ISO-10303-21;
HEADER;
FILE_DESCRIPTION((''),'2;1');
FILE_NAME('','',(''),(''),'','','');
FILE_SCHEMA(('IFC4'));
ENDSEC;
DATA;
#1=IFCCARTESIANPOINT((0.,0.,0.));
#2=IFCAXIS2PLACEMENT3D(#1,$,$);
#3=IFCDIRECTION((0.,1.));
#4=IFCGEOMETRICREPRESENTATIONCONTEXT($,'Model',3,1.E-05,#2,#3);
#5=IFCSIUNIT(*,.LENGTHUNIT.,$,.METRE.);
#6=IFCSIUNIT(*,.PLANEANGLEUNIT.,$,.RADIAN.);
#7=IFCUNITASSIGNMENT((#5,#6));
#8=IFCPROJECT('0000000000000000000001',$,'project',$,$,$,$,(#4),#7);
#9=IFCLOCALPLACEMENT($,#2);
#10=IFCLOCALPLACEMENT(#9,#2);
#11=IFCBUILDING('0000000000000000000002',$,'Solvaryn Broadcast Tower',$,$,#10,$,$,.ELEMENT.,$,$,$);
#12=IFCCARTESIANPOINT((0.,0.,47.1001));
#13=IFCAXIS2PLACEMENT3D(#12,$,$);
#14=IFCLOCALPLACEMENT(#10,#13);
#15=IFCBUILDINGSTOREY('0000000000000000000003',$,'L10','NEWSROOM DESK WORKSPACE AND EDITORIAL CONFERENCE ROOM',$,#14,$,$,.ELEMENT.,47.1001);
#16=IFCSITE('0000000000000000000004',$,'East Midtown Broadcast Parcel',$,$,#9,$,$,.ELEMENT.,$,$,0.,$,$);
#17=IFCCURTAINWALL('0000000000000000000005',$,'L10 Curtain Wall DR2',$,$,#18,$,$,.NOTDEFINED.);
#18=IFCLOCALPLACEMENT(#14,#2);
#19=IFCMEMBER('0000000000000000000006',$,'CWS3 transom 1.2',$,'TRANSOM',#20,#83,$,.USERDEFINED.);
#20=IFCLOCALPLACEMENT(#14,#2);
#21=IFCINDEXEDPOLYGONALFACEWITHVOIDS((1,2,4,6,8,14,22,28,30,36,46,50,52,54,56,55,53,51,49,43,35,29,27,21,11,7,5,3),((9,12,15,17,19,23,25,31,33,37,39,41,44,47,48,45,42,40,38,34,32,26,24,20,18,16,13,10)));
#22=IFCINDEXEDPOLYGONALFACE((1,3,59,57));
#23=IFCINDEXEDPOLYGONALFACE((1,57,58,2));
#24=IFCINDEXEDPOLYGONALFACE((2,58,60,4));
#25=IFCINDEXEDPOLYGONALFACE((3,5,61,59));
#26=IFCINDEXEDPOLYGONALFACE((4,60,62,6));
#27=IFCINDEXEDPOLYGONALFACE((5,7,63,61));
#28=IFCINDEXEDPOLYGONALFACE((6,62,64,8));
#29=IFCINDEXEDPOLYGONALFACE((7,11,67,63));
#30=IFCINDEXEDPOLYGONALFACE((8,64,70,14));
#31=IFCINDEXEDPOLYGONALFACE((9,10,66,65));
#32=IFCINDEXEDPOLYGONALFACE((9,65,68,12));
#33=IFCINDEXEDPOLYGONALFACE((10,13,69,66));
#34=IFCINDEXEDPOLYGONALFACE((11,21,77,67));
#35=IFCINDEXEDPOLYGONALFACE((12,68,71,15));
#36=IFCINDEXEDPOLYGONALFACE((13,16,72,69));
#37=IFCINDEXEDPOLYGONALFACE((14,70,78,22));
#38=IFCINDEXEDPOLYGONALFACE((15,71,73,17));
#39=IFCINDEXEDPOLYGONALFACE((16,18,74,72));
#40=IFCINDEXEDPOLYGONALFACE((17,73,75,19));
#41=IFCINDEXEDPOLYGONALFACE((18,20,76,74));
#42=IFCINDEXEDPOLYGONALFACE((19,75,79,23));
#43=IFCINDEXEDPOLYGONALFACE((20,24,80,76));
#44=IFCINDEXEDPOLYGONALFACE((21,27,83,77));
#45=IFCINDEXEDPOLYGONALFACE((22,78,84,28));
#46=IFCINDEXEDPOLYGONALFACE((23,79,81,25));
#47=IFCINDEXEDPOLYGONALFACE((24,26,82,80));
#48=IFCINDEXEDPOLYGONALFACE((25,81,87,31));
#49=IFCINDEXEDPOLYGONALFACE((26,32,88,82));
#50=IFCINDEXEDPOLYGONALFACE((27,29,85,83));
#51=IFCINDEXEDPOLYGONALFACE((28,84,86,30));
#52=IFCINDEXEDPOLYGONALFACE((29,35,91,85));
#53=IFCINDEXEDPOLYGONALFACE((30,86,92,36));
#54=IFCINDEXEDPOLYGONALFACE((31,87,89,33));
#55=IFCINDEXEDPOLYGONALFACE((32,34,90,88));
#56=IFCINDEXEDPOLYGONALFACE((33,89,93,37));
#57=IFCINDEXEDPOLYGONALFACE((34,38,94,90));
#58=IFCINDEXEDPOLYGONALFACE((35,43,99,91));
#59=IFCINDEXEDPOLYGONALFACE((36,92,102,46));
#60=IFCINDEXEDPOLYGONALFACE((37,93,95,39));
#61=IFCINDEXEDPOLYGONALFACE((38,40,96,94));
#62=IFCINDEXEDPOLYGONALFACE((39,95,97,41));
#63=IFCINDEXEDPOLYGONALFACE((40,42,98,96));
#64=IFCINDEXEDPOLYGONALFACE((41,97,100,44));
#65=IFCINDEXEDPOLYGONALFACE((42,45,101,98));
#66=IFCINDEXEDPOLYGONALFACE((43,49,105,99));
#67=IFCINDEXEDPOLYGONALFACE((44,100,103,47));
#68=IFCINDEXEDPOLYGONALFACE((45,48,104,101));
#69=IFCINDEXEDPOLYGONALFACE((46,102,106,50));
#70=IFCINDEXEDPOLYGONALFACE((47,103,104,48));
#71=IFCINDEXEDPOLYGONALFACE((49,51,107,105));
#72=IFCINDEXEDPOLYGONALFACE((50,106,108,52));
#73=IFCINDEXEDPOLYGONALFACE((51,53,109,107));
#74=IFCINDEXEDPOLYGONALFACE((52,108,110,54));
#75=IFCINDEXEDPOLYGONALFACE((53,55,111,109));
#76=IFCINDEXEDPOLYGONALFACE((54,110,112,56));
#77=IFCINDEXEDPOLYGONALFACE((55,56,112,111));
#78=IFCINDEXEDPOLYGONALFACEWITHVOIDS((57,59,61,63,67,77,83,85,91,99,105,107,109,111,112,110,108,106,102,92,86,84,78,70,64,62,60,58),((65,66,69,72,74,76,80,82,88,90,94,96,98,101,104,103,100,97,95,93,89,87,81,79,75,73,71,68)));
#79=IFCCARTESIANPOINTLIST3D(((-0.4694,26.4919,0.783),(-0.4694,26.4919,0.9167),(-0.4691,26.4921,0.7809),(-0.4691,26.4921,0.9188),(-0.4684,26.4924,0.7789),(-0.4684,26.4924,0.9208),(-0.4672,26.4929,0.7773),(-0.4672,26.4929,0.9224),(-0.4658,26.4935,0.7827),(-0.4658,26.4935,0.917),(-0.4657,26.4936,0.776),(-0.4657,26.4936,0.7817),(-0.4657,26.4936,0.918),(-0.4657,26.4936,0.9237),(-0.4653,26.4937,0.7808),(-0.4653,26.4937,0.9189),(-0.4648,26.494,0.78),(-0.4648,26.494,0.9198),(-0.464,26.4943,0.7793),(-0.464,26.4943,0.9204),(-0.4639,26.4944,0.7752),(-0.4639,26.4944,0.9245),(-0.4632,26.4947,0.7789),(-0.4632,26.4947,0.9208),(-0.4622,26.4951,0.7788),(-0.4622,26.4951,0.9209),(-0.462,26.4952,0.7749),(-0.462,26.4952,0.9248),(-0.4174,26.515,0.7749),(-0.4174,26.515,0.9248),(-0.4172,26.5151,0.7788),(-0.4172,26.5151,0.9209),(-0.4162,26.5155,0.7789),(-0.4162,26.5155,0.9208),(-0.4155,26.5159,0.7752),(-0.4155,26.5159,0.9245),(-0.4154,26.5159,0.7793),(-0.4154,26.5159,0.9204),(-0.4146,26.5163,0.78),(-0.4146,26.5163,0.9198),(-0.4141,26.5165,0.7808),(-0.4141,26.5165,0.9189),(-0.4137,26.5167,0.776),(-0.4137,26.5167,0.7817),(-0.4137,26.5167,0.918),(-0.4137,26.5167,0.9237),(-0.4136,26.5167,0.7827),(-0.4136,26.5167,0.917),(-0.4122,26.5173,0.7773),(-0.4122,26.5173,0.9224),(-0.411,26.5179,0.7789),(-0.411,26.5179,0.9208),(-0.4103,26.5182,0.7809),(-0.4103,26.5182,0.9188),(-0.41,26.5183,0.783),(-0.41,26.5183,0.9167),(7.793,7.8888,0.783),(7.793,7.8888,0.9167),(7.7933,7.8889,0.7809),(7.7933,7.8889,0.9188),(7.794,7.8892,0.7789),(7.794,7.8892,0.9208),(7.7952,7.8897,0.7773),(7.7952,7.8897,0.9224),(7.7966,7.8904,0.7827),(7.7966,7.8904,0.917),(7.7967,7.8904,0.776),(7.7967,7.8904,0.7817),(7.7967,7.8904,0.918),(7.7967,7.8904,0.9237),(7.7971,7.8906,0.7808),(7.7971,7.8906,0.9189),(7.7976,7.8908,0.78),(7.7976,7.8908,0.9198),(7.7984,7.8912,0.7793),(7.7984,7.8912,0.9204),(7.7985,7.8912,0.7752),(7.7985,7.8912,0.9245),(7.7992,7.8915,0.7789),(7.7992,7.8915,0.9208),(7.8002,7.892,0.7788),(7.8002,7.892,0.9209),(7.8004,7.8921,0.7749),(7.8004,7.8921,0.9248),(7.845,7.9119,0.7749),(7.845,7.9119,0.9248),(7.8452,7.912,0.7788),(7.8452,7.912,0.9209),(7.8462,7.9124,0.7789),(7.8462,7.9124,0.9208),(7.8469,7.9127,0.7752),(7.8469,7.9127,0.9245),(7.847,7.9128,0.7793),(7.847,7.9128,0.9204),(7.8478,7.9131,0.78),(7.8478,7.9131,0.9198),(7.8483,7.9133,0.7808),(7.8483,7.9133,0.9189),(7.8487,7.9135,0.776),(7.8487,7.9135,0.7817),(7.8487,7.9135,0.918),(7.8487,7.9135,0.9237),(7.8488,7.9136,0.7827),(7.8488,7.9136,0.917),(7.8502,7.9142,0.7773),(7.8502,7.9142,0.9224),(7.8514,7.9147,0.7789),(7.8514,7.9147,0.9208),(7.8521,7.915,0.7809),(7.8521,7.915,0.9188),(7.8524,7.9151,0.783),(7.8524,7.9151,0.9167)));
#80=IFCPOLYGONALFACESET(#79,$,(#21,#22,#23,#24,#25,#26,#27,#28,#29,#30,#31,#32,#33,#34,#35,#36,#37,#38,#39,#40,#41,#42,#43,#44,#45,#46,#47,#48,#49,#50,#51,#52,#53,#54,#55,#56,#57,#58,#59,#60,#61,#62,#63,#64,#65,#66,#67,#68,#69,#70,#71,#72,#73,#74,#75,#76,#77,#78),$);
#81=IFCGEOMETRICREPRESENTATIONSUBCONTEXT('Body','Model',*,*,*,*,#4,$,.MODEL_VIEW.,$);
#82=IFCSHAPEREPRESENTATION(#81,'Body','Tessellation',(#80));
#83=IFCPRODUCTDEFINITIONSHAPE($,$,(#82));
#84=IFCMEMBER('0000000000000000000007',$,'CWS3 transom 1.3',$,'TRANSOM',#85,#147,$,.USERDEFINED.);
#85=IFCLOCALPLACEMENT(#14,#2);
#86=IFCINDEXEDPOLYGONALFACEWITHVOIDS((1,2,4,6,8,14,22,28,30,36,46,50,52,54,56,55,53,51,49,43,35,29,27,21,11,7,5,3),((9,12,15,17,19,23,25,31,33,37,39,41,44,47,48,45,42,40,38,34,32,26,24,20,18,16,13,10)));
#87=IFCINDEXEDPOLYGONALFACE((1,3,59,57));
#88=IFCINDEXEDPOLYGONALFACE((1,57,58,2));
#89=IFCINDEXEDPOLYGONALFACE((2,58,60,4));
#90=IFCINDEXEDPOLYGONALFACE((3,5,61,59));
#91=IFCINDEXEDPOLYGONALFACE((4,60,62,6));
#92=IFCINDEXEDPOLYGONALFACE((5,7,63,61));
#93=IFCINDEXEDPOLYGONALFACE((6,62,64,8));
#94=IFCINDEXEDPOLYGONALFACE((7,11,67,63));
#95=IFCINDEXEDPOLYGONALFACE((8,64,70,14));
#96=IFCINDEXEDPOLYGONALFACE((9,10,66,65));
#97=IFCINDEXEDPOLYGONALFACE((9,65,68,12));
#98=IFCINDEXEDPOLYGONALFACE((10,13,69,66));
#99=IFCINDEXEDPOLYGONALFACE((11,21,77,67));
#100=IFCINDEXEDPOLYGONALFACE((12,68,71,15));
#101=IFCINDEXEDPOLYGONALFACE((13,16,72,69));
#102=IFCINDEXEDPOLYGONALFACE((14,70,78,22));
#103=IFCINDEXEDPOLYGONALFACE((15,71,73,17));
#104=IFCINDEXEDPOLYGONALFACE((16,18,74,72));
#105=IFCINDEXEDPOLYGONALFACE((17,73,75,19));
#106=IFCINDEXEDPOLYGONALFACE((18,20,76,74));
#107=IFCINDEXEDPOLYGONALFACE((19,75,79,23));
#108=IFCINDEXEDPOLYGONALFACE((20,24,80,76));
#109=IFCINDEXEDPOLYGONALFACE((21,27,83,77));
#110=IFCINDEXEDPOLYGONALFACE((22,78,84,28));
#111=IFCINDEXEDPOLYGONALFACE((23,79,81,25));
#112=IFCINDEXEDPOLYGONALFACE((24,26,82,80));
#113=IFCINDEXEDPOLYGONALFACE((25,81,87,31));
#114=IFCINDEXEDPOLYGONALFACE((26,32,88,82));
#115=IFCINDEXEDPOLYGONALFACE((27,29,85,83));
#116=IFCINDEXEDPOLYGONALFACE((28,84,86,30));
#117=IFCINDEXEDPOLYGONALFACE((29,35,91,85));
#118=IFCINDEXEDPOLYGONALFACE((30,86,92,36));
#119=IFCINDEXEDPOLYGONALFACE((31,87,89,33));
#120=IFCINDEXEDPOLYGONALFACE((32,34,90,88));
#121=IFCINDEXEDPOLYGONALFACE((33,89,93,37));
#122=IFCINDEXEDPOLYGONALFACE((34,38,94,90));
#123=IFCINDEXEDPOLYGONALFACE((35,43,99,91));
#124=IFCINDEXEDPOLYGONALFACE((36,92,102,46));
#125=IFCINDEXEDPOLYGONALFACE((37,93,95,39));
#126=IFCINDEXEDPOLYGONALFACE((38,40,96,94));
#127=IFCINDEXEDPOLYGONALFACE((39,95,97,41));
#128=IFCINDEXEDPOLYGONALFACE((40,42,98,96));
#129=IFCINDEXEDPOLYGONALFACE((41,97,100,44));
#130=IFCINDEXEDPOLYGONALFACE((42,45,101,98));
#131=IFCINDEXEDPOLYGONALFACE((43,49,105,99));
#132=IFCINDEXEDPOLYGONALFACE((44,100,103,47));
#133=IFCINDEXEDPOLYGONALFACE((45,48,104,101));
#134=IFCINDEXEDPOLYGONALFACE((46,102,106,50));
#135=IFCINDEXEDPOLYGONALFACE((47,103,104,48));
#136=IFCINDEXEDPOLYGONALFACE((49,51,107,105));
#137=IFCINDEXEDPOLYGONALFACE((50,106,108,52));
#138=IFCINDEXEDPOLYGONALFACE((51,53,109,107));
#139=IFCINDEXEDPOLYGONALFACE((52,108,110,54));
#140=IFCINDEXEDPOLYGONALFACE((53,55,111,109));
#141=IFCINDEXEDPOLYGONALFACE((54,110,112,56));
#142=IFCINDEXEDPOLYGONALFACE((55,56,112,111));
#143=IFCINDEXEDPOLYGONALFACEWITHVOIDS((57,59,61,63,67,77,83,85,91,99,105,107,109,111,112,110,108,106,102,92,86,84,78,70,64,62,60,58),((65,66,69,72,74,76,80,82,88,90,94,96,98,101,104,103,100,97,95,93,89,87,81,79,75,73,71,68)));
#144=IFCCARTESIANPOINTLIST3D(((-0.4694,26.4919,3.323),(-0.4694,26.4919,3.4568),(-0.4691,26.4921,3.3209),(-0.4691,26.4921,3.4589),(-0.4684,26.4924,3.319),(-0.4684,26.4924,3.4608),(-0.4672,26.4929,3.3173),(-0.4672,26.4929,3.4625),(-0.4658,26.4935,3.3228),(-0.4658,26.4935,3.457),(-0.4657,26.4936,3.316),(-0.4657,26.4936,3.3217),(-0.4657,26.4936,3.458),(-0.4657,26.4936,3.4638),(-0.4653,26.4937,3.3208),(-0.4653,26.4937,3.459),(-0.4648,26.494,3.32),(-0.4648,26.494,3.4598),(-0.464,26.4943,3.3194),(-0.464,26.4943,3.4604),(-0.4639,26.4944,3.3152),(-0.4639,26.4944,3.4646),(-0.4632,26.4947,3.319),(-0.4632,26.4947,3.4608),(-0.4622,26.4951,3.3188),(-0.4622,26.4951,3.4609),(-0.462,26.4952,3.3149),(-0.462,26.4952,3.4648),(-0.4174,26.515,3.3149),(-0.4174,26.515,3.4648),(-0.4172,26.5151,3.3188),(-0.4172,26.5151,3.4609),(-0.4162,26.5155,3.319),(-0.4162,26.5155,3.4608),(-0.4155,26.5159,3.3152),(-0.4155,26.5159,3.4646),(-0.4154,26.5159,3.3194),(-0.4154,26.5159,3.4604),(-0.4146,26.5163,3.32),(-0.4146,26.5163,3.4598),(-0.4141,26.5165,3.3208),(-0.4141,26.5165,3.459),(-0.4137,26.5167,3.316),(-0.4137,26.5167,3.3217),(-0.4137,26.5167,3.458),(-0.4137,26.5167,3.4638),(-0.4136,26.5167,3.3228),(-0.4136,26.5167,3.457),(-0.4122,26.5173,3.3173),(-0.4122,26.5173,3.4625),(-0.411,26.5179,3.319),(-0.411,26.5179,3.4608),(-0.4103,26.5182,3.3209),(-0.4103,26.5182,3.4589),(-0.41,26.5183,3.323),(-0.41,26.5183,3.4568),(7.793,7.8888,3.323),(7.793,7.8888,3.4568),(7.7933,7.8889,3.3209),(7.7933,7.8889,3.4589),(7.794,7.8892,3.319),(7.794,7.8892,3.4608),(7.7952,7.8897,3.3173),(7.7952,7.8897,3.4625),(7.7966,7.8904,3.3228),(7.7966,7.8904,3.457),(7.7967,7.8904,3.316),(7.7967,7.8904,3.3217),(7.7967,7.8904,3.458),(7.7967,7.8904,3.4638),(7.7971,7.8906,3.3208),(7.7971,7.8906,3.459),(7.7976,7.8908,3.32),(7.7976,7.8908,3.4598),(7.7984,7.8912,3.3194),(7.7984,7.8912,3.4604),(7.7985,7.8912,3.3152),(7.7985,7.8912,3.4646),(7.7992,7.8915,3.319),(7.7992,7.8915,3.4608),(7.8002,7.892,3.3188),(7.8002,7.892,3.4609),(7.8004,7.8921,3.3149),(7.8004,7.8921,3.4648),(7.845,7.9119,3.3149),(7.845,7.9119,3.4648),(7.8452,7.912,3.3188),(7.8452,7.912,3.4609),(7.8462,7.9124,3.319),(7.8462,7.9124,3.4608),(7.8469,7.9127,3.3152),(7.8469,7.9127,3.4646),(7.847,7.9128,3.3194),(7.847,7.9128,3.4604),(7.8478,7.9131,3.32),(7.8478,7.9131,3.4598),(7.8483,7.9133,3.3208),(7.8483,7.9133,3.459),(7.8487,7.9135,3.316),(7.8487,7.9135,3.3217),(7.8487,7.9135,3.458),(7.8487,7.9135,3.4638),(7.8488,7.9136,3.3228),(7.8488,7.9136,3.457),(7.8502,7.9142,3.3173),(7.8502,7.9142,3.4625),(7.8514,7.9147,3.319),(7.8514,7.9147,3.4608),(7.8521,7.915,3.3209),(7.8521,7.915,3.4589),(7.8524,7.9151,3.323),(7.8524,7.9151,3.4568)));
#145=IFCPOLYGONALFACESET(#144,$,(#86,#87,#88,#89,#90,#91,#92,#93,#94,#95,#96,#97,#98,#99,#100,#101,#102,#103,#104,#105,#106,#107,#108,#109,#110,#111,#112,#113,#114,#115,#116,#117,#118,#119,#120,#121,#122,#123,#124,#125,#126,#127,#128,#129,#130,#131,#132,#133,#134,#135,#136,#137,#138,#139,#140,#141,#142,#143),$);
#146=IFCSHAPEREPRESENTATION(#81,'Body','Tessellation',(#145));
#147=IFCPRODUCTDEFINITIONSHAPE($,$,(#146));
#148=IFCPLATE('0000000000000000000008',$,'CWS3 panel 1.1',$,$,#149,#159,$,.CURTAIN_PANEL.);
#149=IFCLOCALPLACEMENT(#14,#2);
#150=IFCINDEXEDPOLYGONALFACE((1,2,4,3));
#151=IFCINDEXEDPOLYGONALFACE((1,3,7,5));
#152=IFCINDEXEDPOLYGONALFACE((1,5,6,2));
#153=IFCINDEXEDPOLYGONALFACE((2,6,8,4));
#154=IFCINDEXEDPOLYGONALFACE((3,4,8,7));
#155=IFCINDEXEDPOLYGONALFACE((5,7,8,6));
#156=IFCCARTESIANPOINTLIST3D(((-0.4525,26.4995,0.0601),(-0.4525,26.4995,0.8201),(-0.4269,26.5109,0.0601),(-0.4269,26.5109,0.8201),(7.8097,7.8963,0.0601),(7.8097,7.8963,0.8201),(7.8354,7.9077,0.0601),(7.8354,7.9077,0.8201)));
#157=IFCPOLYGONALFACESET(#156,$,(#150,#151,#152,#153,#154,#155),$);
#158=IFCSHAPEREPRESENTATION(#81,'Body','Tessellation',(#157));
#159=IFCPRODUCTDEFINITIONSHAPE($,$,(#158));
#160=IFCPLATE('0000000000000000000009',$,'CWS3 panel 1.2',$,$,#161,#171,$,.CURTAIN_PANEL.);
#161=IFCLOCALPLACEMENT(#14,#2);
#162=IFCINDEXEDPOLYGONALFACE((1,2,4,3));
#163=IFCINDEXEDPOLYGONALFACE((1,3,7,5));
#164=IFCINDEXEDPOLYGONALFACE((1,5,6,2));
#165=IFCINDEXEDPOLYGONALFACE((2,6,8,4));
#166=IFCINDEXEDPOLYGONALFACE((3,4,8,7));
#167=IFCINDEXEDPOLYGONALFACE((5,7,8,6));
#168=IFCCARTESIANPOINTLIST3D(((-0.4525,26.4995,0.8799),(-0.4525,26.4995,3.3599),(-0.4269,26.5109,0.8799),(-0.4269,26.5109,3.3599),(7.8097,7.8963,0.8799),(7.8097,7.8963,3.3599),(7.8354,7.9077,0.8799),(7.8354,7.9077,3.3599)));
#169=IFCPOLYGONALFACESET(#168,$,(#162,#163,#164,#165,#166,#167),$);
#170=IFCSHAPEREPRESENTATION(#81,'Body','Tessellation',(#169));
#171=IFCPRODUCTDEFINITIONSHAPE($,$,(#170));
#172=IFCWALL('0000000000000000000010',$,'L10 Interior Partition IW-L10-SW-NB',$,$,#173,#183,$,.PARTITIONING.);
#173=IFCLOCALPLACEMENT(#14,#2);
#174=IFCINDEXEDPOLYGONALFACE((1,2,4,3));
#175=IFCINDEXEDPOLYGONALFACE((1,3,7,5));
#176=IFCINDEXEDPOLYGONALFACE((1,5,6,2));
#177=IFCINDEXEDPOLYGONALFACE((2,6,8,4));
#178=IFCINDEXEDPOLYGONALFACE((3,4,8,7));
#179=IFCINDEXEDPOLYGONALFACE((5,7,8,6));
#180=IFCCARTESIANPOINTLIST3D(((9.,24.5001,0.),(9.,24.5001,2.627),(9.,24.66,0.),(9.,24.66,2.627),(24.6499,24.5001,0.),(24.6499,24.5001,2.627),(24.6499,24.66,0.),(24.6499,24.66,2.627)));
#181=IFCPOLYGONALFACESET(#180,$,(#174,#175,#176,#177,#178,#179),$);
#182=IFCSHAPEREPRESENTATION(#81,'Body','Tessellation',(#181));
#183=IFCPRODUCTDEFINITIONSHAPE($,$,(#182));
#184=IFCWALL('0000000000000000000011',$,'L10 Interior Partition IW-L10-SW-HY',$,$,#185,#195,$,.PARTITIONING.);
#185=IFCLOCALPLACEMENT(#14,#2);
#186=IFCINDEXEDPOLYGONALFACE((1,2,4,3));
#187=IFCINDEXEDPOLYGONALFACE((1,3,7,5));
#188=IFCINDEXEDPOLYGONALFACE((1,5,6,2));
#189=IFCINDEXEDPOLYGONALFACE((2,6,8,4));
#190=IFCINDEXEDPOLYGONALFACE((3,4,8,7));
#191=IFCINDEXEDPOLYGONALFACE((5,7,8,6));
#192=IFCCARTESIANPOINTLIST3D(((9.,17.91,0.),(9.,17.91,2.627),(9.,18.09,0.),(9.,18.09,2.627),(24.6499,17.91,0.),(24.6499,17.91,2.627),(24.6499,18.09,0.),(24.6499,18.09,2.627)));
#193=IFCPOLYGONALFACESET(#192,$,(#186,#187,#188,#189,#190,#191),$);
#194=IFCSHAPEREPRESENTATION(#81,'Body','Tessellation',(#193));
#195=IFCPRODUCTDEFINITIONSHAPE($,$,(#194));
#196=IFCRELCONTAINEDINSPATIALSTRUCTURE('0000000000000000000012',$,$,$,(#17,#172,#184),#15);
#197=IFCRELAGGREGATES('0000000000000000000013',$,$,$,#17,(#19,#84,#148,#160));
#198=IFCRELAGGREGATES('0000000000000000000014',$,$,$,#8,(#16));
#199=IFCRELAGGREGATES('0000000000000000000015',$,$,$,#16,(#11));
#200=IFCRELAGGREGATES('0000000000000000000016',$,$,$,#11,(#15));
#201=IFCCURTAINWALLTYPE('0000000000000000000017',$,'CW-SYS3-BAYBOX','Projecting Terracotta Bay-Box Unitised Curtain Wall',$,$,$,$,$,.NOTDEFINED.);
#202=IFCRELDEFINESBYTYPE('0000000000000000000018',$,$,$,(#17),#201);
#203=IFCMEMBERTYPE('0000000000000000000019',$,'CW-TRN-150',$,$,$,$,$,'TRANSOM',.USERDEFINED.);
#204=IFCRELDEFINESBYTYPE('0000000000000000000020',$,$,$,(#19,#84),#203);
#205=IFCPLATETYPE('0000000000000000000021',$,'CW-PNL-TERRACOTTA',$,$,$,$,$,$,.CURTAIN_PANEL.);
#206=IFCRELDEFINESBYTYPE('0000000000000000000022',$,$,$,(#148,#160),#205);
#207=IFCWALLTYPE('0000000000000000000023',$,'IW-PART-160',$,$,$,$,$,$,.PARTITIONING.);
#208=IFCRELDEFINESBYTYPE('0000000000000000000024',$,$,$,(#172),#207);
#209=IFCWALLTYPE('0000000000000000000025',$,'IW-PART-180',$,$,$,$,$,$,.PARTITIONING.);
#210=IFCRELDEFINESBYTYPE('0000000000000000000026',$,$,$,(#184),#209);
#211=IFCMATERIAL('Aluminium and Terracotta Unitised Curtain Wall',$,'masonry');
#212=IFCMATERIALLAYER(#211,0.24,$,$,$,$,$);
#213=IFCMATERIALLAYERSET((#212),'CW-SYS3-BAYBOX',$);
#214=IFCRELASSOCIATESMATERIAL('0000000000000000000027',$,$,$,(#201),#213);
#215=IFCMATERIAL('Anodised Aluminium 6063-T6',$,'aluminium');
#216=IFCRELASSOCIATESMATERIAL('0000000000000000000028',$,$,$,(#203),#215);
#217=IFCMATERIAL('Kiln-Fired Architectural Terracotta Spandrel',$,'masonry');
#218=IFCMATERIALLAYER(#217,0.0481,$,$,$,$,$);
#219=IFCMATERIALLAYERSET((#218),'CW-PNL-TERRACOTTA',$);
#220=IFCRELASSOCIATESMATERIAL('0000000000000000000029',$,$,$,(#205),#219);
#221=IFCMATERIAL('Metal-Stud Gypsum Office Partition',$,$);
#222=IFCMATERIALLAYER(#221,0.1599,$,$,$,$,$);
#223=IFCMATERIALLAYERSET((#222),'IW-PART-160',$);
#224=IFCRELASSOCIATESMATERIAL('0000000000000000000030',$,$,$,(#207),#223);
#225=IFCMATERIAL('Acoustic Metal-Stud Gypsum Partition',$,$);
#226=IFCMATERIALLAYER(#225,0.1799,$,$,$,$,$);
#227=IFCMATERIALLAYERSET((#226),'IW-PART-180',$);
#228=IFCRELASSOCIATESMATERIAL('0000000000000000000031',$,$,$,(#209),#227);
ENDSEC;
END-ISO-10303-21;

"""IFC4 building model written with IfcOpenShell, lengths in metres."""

from ifc_helpers import new_model, si_unit, direction, frame, frame_2d, origin, origin_2d, place, context, subcontext, project, spatial, rectangle, hollow_rectangle, extrude, material, layer, layer_set, material_profile, profile_set, type_object, element, aggregate, save


model = new_model("IFC4")

# Units and contexts
model_context = context("Model", 3, precision=1e-05, world=origin(), true_north=direction((0.0, 1.0)))
body_context = subcontext(model_context, "Body", "Model", "MODEL_VIEW")
ifc_project = project(units=[si_unit("LENGTHUNIT", "METRE"), si_unit("PLANEANGLEUNIT", "RADIAN")], contexts=[model_context])

# Site, building, storey
site_placement = place(None, origin())
site = spatial("IfcSite", under=ifc_project, at=site_placement, Name="East Midtown Broadcast Parcel", CompositionType="ELEMENT", RefElevation=0.0)
building_placement = place(site_placement, origin())
building = spatial("IfcBuilding", under=site, at=building_placement, Name="Solvaryn Broadcast Tower", CompositionType="ELEMENT")
storey_placement = place(building_placement, frame((0.0, 0.0, 47.1001)))
storey = spatial("IfcBuildingStorey", under=building, at=storey_placement, Name="L10", Description="NEWSROOM DESK WORKSPACE AND EDITORIAL CONFERENCE ROOM", CompositionType="ELEMENT", Elevation=47.1001)

# Curtain wall, members, plates
ifc_material_1 = material(Name="Aluminium and Terracotta Unitised Curtain Wall", Category="masonry")
ifc_layer_1 = layer(ifc_material_1, 0.24)
ifc_layer_set_1 = layer_set([ifc_layer_1], Name="CW-SYS3-BAYBOX")
curtain_wall_type_1 = type_object("IfcCurtainWallType", Name="CW-SYS3-BAYBOX", Description="Projecting Terracotta Bay-Box Unitised Curtain Wall", PredefinedType="NOTDEFINED", material=ifc_layer_set_1)
curtain_wall_1_placement = place(storey_placement, origin())
curtain_wall_1 = element("IfcCurtainWall", 1, at=curtain_wall_1_placement, inside=storey, type_object=curtain_wall_type_1, Name="L10 Curtain Wall DR2", PredefinedType="NOTDEFINED")
ifc_material_2 = material(Name="Anodised Aluminium 6063-T6", Category="aluminium")
ifc_material_profile_1 = material_profile(ifc_material_2, hollow_rectangle(XDim=0.0649, YDim=0.1499, WallThickness=0.0039, InnerFilletRadius=0.0039, OuterFilletRadius=0.0081, at=origin_2d()))
ifc_profile_set_1 = profile_set([ifc_material_profile_1], Name="Anodised Aluminium 6063-T6")
member_type_1 = type_object("IfcMemberType", Name="CW-TRN-150", ElementType="TRANSOM", PredefinedType="USERDEFINED", material=ifc_profile_set_1)
member_1_placement = place(storey_placement, frame((-0.4397, 26.5051, 0.8499), z_axis=(0.405906, -0.913915, 0.0), x_axis=(0.913915, 0.405906, 0.0)))
member_1 = element("IfcMember", 2, at=member_1_placement, type_object=member_type_1, Name="CWS3 transom 1.2", ObjectType="TRANSOM", PredefinedType="USERDEFINED", context=body_context, shape_type="SweptSolid", body=[
    extrude(hollow_rectangle(XDim=0.0649, YDim=0.1499, WallThickness=0.0039, InnerFilletRadius=0.0039, OuterFilletRadius=0.0081, at=origin_2d()), origin(), (0.0, 0.0, 1.0), 20.3555),
])
member_2_placement = place(storey_placement, frame((-0.4397, 26.5051, 3.3899), z_axis=(0.405906, -0.913915, 0.0), x_axis=(0.913915, 0.405906, 0.0)))
member_2 = element("IfcMember", 3, at=member_2_placement, type_object=member_type_1, Name="CWS3 transom 1.3", ObjectType="TRANSOM", PredefinedType="USERDEFINED", context=body_context, shape_type="SweptSolid", body=[
    extrude(hollow_rectangle(XDim=0.0649, YDim=0.1499, WallThickness=0.0039, InnerFilletRadius=0.0039, OuterFilletRadius=0.0081, at=origin_2d()), origin(), (0.0, 0.0, 1.0), 20.3555),
])
ifc_material_3 = material(Name="Kiln-Fired Architectural Terracotta Spandrel", Category="masonry")
ifc_layer_2 = layer(ifc_material_3, 0.0481)
ifc_layer_set_2 = layer_set([ifc_layer_2], Name="CW-PNL-TERRACOTTA")
plate_type = type_object("IfcPlateType", Name="CW-PNL-TERRACOTTA", PredefinedType="CURTAIN_PANEL", material=ifc_layer_set_2)
plate_1_placement = place(storey_placement, frame((3.6914, 17.2036, 0.0601), z_axis=(0.0, 0.0, 1.0), x_axis=(0.405898, -0.913918, 0.0)))
plate_1 = element("IfcPlate", 4, at=plate_1_placement, type_object=plate_type, Name="CWS3 panel 1.1", PredefinedType="CURTAIN_PANEL", context=body_context, shape_type="SweptSolid", body=[
    extrude(rectangle(XDim=20.3555, YDim=0.0281, at=origin_2d()), origin(), (0.0, 0.0, 1.0), 0.76),
])
plate_2_placement = place(storey_placement, frame((3.6914, 17.2036, 0.8799), z_axis=(0.0, 0.0, 1.0), x_axis=(0.405898, -0.913918, 0.0)))
plate_2 = element("IfcPlate", 5, at=plate_2_placement, type_object=plate_type, Name="CWS3 panel 1.2", PredefinedType="CURTAIN_PANEL", context=body_context, shape_type="SweptSolid", body=[
    extrude(rectangle(XDim=20.3555, YDim=0.0281, at=origin_2d()), origin(), (0.0, 0.0, 1.0), 2.48),
])
aggregate(curtain_wall_1, [member_1, member_2, plate_1, plate_2])

# Shared definitions
ifc_material_4 = material(Name="Metal-Stud Gypsum Office Partition")
ifc_layer_3 = layer(ifc_material_4, 0.1599)
ifc_layer_set_3 = layer_set([ifc_layer_3], Name="IW-PART-160")
wall_type_1 = type_object("IfcWallType", Name="IW-PART-160", PredefinedType="PARTITIONING", material=ifc_layer_set_3)

# Walls
wall_1_placement = place(storey_placement, frame((9.0, 24.5801, 0.0), z_axis=(0.0, 0.0, 1.0), x_axis=(1.0, 0.0, 0.0)))
element("IfcWall", 6, at=wall_1_placement, inside=storey, type_object=wall_type_1, Name="L10 Interior Partition IW-L10-SW-NB", PredefinedType="PARTITIONING", context=body_context, shape_type="SweptSolid", body=[
    extrude(rectangle(XDim=15.6499, YDim=0.1599, at=frame_2d((7.825, 0.0))), origin(), (0.0, 0.0, 1.0), 2.627),
])
ifc_material_5 = material(Name="Acoustic Metal-Stud Gypsum Partition")
ifc_layer_4 = layer(ifc_material_5, 0.1799)
ifc_layer_set_4 = layer_set([ifc_layer_4], Name="IW-PART-180")
wall_type_2 = type_object("IfcWallType", Name="IW-PART-180", PredefinedType="PARTITIONING", material=ifc_layer_set_4)
wall_2_placement = place(storey_placement, frame((9.0, 18.0, 0.0), z_axis=(0.0, 0.0, 1.0), x_axis=(1.0, 0.0, 0.0)))
element("IfcWall", 7, at=wall_2_placement, inside=storey, type_object=wall_type_2, Name="L10 Interior Partition IW-L10-SW-HY", PredefinedType="PARTITIONING", context=body_context, shape_type="SweptSolid", body=[
    extrude(rectangle(XDim=15.6499, YDim=0.1799, at=frame_2d((7.825, 0.0))), origin(), (0.0, 0.0, 1.0), 2.627),
])

save(model, "model.ifc")
